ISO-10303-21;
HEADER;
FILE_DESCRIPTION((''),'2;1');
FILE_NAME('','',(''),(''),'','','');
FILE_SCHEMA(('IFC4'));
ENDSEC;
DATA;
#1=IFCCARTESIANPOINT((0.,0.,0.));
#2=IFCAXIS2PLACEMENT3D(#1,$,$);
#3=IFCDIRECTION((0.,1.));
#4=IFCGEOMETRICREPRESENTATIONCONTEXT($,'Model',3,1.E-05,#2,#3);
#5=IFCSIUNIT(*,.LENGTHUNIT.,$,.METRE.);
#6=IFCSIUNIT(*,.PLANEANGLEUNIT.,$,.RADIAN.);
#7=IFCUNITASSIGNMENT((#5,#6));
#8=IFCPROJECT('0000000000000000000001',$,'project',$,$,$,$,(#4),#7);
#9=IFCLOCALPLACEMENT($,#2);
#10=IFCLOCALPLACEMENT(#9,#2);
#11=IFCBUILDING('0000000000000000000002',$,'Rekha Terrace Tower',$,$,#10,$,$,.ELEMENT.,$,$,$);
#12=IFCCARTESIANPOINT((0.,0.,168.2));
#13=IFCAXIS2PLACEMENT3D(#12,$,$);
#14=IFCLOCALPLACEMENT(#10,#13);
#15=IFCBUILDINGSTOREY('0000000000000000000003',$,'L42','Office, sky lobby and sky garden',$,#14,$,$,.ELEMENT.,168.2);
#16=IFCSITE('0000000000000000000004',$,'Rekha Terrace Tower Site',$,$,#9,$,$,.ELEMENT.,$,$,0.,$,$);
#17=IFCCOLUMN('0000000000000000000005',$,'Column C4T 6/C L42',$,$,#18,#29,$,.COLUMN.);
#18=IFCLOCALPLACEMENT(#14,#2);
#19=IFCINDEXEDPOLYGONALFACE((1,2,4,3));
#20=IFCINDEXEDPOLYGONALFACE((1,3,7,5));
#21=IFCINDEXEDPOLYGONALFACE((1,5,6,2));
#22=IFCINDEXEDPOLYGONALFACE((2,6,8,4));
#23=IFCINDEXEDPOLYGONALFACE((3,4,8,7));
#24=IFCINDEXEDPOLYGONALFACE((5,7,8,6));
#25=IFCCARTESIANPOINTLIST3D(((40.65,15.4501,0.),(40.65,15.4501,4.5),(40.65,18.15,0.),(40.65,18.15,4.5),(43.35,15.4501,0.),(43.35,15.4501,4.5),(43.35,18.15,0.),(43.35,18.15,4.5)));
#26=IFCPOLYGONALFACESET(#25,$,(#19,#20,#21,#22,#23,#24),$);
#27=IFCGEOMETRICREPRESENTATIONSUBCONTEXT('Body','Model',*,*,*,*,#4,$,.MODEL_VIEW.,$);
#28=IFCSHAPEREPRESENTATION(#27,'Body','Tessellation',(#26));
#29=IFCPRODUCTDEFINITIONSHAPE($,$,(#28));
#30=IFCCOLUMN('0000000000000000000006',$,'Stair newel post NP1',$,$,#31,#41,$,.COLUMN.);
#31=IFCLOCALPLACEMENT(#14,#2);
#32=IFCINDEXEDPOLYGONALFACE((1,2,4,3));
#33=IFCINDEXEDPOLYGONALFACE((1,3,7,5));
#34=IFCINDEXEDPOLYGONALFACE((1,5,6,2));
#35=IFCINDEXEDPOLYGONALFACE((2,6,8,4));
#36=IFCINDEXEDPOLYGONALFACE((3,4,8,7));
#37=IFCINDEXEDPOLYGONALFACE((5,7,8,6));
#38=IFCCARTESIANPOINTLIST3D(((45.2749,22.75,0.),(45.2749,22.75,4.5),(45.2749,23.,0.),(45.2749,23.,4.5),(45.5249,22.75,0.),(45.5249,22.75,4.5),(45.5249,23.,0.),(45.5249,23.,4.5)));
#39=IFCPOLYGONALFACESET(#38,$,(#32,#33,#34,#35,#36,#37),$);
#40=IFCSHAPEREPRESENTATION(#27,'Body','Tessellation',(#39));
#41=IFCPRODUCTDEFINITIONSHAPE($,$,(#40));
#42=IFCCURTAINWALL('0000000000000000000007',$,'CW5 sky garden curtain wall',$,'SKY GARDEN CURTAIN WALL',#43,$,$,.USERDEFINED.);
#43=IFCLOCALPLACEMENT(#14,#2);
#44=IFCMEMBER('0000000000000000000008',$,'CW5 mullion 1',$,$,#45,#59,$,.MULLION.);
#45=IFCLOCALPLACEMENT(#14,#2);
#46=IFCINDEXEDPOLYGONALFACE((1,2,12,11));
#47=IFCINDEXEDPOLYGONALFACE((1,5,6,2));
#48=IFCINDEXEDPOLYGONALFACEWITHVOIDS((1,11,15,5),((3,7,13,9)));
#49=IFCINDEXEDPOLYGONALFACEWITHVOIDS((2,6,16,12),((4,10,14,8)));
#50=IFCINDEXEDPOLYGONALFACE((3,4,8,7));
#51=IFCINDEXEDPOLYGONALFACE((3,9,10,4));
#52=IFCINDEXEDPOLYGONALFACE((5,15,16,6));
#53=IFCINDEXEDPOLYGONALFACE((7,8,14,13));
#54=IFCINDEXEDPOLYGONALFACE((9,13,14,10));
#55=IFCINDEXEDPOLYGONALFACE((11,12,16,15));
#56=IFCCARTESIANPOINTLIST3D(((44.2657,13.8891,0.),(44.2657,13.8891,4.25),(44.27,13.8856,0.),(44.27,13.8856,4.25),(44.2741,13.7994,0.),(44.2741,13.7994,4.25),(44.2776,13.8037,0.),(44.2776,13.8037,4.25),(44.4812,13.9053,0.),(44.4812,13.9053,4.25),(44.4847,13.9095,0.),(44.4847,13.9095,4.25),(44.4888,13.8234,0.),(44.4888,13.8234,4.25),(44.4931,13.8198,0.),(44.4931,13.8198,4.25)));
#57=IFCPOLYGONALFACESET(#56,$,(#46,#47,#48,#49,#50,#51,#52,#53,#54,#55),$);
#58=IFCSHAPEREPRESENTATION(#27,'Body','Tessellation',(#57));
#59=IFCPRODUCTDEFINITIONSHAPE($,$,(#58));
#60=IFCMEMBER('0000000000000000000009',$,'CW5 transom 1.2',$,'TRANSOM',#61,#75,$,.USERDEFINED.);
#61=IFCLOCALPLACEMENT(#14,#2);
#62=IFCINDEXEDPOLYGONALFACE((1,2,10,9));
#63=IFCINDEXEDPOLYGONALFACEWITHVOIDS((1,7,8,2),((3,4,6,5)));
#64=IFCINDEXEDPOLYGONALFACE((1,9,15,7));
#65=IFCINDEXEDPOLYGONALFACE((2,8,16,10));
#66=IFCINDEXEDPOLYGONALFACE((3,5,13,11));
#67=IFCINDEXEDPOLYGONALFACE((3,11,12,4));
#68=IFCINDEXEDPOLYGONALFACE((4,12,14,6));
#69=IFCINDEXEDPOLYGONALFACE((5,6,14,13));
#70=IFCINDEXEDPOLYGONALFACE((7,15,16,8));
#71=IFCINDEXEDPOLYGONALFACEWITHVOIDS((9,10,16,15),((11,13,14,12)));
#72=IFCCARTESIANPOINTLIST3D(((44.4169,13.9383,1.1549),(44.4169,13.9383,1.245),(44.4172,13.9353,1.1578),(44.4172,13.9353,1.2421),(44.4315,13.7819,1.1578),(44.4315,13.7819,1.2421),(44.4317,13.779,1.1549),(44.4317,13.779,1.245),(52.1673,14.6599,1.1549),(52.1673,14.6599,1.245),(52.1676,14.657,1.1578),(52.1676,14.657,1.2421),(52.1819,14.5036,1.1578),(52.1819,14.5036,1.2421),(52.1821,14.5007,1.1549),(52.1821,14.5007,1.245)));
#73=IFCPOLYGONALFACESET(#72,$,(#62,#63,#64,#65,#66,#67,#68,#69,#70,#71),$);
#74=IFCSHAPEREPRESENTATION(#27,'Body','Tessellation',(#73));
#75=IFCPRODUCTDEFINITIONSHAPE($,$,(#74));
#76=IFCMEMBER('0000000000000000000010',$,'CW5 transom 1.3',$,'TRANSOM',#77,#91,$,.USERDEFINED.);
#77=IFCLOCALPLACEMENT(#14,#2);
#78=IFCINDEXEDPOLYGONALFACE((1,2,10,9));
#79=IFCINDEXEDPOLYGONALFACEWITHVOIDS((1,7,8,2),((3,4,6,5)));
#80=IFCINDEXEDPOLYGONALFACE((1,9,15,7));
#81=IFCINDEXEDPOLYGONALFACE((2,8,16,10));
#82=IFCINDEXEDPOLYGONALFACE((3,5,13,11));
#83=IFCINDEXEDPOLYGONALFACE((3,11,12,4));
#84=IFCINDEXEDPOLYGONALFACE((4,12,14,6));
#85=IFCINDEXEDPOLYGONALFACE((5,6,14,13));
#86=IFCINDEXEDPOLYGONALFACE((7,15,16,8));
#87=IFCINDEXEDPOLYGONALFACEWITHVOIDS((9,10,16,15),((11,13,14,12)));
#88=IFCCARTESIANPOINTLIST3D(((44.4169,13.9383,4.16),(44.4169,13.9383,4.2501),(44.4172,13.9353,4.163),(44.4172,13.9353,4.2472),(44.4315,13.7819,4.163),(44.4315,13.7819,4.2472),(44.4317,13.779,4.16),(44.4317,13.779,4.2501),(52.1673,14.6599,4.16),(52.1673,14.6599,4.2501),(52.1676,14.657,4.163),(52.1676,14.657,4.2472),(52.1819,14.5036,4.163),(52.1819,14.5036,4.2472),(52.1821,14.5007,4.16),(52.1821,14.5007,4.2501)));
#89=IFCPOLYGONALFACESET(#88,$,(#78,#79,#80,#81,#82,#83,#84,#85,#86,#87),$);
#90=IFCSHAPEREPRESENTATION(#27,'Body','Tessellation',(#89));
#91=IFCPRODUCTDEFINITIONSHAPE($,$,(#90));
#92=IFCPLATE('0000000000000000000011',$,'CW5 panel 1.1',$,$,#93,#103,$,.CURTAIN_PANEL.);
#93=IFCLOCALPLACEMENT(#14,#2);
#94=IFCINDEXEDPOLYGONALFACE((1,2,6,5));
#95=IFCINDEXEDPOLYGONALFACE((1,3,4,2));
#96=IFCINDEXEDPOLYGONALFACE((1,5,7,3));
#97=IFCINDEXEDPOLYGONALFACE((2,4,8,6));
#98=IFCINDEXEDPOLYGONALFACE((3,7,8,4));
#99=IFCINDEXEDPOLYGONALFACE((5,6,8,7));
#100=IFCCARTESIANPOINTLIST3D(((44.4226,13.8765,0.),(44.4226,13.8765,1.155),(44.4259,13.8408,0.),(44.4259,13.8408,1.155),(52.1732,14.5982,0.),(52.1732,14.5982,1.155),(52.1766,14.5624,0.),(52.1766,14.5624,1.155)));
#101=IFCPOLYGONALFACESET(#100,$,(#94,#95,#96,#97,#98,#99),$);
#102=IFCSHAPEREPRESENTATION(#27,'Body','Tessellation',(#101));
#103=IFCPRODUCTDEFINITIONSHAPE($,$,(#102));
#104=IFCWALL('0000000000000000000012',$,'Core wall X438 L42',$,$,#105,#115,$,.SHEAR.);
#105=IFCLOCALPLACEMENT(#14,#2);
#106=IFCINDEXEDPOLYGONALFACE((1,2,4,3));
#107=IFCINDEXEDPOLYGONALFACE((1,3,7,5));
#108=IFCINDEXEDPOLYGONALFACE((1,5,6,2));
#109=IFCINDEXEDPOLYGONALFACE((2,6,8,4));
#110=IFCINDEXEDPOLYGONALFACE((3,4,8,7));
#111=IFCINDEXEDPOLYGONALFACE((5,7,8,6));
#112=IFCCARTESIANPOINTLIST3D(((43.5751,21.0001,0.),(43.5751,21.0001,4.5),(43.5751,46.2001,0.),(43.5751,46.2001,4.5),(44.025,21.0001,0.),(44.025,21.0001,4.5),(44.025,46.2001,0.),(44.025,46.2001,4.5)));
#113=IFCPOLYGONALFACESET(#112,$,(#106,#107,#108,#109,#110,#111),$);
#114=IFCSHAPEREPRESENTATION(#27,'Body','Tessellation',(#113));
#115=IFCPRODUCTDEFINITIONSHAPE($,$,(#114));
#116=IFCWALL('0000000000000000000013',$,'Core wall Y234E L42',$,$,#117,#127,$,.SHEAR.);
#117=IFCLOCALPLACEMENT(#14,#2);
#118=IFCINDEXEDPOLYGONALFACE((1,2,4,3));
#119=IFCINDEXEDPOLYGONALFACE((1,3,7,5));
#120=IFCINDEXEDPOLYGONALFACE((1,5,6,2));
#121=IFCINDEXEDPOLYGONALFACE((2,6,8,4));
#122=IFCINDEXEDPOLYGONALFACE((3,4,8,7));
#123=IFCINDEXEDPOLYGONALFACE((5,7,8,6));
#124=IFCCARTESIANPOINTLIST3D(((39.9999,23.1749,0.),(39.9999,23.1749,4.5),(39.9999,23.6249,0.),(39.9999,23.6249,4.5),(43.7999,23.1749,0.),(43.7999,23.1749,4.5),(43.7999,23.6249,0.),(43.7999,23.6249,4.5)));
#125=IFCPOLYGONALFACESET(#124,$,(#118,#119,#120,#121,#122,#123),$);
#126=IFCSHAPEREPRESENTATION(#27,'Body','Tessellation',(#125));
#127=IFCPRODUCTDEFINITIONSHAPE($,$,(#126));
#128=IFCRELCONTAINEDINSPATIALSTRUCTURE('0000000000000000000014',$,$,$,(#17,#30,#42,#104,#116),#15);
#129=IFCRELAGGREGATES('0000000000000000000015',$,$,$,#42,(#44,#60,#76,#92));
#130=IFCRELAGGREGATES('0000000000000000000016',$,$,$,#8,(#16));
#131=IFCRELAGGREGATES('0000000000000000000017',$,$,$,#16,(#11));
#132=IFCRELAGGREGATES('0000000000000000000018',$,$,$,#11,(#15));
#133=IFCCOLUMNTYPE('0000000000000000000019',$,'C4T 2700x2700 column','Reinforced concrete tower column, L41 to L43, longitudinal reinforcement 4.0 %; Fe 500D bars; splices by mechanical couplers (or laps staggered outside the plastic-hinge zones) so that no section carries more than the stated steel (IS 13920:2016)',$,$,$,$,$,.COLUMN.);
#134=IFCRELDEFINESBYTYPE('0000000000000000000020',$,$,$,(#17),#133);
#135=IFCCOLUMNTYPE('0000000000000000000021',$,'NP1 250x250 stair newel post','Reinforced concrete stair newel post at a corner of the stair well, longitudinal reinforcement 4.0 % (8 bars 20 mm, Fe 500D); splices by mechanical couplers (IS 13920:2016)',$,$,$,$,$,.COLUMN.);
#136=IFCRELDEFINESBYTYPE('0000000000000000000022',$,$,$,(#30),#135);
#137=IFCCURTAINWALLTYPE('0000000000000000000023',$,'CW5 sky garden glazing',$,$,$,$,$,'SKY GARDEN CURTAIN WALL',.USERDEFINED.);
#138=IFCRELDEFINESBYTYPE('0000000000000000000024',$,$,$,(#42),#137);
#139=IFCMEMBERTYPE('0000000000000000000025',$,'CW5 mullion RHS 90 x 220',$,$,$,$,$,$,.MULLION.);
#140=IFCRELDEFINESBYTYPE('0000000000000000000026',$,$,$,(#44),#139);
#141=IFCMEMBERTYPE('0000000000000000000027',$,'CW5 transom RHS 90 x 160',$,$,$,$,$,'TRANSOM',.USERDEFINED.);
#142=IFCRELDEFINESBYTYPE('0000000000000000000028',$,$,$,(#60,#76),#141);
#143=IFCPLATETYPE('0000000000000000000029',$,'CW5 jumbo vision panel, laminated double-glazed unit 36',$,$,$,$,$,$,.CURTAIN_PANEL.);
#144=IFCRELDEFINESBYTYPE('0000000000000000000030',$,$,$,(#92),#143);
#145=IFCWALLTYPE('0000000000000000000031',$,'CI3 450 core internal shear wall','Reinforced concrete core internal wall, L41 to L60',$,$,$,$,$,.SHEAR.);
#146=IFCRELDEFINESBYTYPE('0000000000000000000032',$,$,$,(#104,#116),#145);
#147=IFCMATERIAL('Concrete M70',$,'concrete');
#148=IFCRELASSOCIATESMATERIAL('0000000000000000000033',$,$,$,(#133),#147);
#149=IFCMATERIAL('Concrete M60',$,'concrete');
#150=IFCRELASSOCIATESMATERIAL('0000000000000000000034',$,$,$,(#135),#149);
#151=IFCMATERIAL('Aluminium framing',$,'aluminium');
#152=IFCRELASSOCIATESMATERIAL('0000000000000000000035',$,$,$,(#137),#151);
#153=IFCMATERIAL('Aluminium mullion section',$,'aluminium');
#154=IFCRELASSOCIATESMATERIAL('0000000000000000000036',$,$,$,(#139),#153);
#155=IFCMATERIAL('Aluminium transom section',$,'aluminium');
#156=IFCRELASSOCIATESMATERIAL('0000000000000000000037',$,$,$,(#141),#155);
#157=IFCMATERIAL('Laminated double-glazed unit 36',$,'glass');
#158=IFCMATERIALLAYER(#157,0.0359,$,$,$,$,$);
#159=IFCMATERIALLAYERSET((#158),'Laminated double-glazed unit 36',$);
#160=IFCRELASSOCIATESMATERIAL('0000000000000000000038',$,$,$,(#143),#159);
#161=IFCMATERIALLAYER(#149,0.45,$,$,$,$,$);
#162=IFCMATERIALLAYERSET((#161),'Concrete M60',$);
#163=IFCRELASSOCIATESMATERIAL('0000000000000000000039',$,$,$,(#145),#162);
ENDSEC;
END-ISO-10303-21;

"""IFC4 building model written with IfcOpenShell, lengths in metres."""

from ifc_helpers import new_model, si_unit, direction, frame, frame_2d, origin, origin_2d, place, context, subcontext, project, spatial, rectangle, hollow_rectangle, extrude, material, layer, layer_set, material_profile, profile_set, type_object, element, aggregate, save


model = new_model("IFC4")

# Units and contexts
model_context = context("Model", 3, precision=1e-05, world=origin(), true_north=direction((0.0, 1.0)))
body_context = subcontext(model_context, "Body", "Model", "MODEL_VIEW")
ifc_project = project(units=[si_unit("LENGTHUNIT", "METRE"), si_unit("PLANEANGLEUNIT", "RADIAN")], contexts=[model_context])

# Site, building, storey
site_placement = place(None, origin())
site = spatial("IfcSite", under=ifc_project, at=site_placement, Name="Rekha Terrace Tower Site", CompositionType="ELEMENT", RefElevation=0.0)
building_placement = place(site_placement, origin())
building = spatial("IfcBuilding", under=site, at=building_placement, Name="Rekha Terrace Tower", CompositionType="ELEMENT")
storey_placement = place(building_placement, frame((0.0, 0.0, 168.2)))
storey = spatial("IfcBuildingStorey", under=building, at=storey_placement, Name="L42", Description="Office, sky lobby and sky garden", CompositionType="ELEMENT", Elevation=168.2)

# Columns
ifc_material_1 = material(Name="Concrete M70", Category="concrete")
ifc_material_profile_1 = material_profile(ifc_material_1, rectangle(XDim=2.7, YDim=2.7, at=origin_2d()), Name="RC 2700x2700")
ifc_profile_set_1 = profile_set([ifc_material_profile_1], Name="Concrete M70")
column_type_1 = type_object("IfcColumnType", Name="C4T 2700x2700 column", Description="Reinforced concrete tower column, L41 to L43, longitudinal reinforcement 4.0 %; Fe 500D bars; splices by mechanical couplers (or laps staggered outside the plastic-hinge zones) so that no section carries more than the stated steel (IS 13920:2016)", PredefinedType="COLUMN", material=ifc_profile_set_1)
column_1_placement = place(storey_placement, frame((42.0, 16.8, 0.0), z_axis=(0.0, 0.0, 1.0), x_axis=(1.0, 0.0, 0.0)))
element("IfcColumn", 1, at=column_1_placement, inside=storey, type_object=column_type_1, Name="Column C4T 6/C L42", PredefinedType="COLUMN", context=body_context, shape_type="SweptSolid", body=[
    extrude(rectangle(XDim=2.7, YDim=2.7, at=origin_2d()), origin(), (0.0, 0.0, 1.0), 4.5),
])
ifc_material_2 = material(Name="Concrete M60", Category="concrete")
ifc_material_profile_2 = material_profile(ifc_material_2, rectangle(XDim=0.25, YDim=0.25, at=origin_2d()), Name="RC 250x250")
ifc_profile_set_2 = profile_set([ifc_material_profile_2], Name="Concrete M60")
column_type_2 = type_object("IfcColumnType", Name="NP1 250x250 stair newel post", Description="Reinforced concrete stair newel post at a corner of the stair well, longitudinal reinforcement 4.0 % (8 bars 20 mm, Fe 500D); splices by mechanical couplers (IS 13920:2016)", PredefinedType="COLUMN", material=ifc_profile_set_2)
column_2_placement = place(storey_placement, frame((45.3999, 22.875, 0.0), z_axis=(0.0, 0.0, 1.0), x_axis=(1.0, 0.0, 0.0)))
element("IfcColumn", 2, at=column_2_placement, inside=storey, type_object=column_type_2, Name="Stair newel post NP1", PredefinedType="COLUMN", context=body_context, shape_type="SweptSolid", body=[
    extrude(rectangle(XDim=0.25, YDim=0.25, at=origin_2d()), origin(), (0.0, 0.0, 1.0), 4.5),
])

# Curtain wall, members, plate
ifc_material_3 = material(Name="Aluminium framing", Category="aluminium")
curtain_wall_type = type_object("IfcCurtainWallType", Name="CW5 sky garden glazing", ElementType="SKY GARDEN CURTAIN WALL", PredefinedType="USERDEFINED", material=ifc_material_3)
curtain_wall_placement = place(storey_placement, origin())
curtain_wall = element("IfcCurtainWall", 3, at=curtain_wall_placement, inside=storey, type_object=curtain_wall_type, Name="CW5 sky garden curtain wall", ObjectType="SKY GARDEN CURTAIN WALL", PredefinedType="USERDEFINED")
ifc_material_4 = material(Name="Aluminium mullion section", Category="aluminium")
ifc_material_profile_3 = material_profile(ifc_material_4, hollow_rectangle(XDim=0.0901, YDim=0.22, WallThickness=0.0039, at=origin_2d()), Name="AL RHS 90x220")
ifc_profile_set_3 = profile_set([ifc_material_profile_3], Name="Aluminium mullion section")
member_type_1 = type_object("IfcMemberType", Name="CW5 mullion RHS 90 x 220", PredefinedType="MULLION", material=ifc_profile_set_3)
member_1_placement = place(storey_placement, frame((44.3794, 13.8545, 0.0), z_axis=(0.0, 0.0, 1.0), x_axis=(-0.092709, 0.995693, 0.0)))
member_1 = element("IfcMember", 4, at=member_1_placement, type_object=member_type_1, Name="CW5 mullion 1", PredefinedType="MULLION", context=body_context, shape_type="SweptSolid", body=[
    extrude(hollow_rectangle(XDim=0.0901, YDim=0.22, WallThickness=0.0039, at=origin_2d()), origin(), (0.0, 0.0, 1.0), 4.25),
])
ifc_material_5 = material(Name="Aluminium transom section", Category="aluminium")
ifc_material_profile_4 = material_profile(ifc_material_5, hollow_rectangle(XDim=0.1599, YDim=0.0901, WallThickness=0.0029, at=origin_2d()), Name="AL RHS 160x90")
ifc_profile_set_4 = profile_set([ifc_material_profile_4], Name="Aluminium transom section")
member_type_2 = type_object("IfcMemberType", Name="CW5 transom RHS 90 x 160", ElementType="TRANSOM", PredefinedType="USERDEFINED", material=ifc_profile_set_4)
member_2_placement = place(storey_placement, frame((44.4243, 13.8586, 1.2), z_axis=(0.995693, 0.092713, 0.0), x_axis=(-0.092713, 0.995693, 0.0)))
member_2 = element("IfcMember", 5, at=member_2_placement, type_object=member_type_2, Name="CW5 transom 1.2", ObjectType="TRANSOM", PredefinedType="USERDEFINED", context=body_context, shape_type="SweptSolid", body=[
    extrude(hollow_rectangle(XDim=0.1599, YDim=0.0901, WallThickness=0.0029, at=origin_2d()), origin(), (0.0, 0.0, 1.0), 7.7839),
])
member_3_placement = place(storey_placement, frame((44.4243, 13.8586, 4.2051), z_axis=(0.995693, 0.092713, 0.0), x_axis=(-0.092713, 0.995693, 0.0)))
member_3 = element("IfcMember", 6, at=member_3_placement, type_object=member_type_2, Name="CW5 transom 1.3", ObjectType="TRANSOM", PredefinedType="USERDEFINED", context=body_context, shape_type="SweptSolid", body=[
    extrude(hollow_rectangle(XDim=0.1599, YDim=0.0901, WallThickness=0.0029, at=origin_2d()), origin(), (0.0, 0.0, 1.0), 7.7839),
])
ifc_material_6 = material(Name="Laminated double-glazed unit 36", Category="glass")
ifc_layer_1 = layer(ifc_material_6, 0.0359)
ifc_layer_set_1 = layer_set([ifc_layer_1], Name="Laminated double-glazed unit 36")
plate_type = type_object("IfcPlateType", Name="CW5 jumbo vision panel, laminated double-glazed unit 36", PredefinedType="CURTAIN_PANEL", material=ifc_layer_set_1)
plate_placement = place(storey_placement, frame((48.2996, 14.2195, 0.0), z_axis=(0.0, 0.0, 1.0), x_axis=(0.995693, 0.092709, 0.0)))
plate = element("IfcPlate", 7, at=plate_placement, type_object=plate_type, Name="CW5 panel 1.1", PredefinedType="CURTAIN_PANEL", context=body_context, shape_type="SweptSolid", body=[
    extrude(rectangle(XDim=7.7842, YDim=0.0359, at=origin_2d()), origin(), (0.0, 0.0, 1.0), 1.155),
])
aggregate(curtain_wall, [member_1, member_2, member_3, plate])

# Walls
ifc_layer_2 = layer(ifc_material_2, 0.45)
ifc_layer_set_2 = layer_set([ifc_layer_2], Name="Concrete M60")
wall_type_1 = type_object("IfcWallType", Name="CI3 450 core internal shear wall", Description="Reinforced concrete core internal wall, L41 to L60", PredefinedType="SHEAR", material=ifc_layer_set_2)
wall_1_placement = place(storey_placement, frame((43.8, 21.0, 0.0), z_axis=(0.0, 0.0, 1.0), x_axis=(0.0, 1.0, 0.0)))
element("IfcWall", 8, at=wall_1_placement, inside=storey, type_object=wall_type_1, Name="Core wall X438 L42", PredefinedType="SHEAR", context=body_context, shape_type="SweptSolid", body=[
    extrude(rectangle(XDim=25.2, YDim=0.45, at=frame_2d((12.6001, 0.0))), origin(), (0.0, 0.0, 1.0), 4.5),
])
wall_2_placement = place(storey_placement, frame((40.0, 23.3999, 0.0), z_axis=(0.0, 0.0, 1.0), x_axis=(1.0, 0.0, 0.0)))
element("IfcWall", 9, at=wall_2_placement, inside=storey, type_object=wall_type_1, Name="Core wall Y234E L42", PredefinedType="SHEAR", context=body_context, shape_type="SweptSolid", body=[
    extrude(rectangle(XDim=3.8, YDim=0.45, at=frame_2d((1.8999, 0.0))), origin(), (0.0, 0.0, 1.0), 4.5),
])

save(model, "model.ifc")
